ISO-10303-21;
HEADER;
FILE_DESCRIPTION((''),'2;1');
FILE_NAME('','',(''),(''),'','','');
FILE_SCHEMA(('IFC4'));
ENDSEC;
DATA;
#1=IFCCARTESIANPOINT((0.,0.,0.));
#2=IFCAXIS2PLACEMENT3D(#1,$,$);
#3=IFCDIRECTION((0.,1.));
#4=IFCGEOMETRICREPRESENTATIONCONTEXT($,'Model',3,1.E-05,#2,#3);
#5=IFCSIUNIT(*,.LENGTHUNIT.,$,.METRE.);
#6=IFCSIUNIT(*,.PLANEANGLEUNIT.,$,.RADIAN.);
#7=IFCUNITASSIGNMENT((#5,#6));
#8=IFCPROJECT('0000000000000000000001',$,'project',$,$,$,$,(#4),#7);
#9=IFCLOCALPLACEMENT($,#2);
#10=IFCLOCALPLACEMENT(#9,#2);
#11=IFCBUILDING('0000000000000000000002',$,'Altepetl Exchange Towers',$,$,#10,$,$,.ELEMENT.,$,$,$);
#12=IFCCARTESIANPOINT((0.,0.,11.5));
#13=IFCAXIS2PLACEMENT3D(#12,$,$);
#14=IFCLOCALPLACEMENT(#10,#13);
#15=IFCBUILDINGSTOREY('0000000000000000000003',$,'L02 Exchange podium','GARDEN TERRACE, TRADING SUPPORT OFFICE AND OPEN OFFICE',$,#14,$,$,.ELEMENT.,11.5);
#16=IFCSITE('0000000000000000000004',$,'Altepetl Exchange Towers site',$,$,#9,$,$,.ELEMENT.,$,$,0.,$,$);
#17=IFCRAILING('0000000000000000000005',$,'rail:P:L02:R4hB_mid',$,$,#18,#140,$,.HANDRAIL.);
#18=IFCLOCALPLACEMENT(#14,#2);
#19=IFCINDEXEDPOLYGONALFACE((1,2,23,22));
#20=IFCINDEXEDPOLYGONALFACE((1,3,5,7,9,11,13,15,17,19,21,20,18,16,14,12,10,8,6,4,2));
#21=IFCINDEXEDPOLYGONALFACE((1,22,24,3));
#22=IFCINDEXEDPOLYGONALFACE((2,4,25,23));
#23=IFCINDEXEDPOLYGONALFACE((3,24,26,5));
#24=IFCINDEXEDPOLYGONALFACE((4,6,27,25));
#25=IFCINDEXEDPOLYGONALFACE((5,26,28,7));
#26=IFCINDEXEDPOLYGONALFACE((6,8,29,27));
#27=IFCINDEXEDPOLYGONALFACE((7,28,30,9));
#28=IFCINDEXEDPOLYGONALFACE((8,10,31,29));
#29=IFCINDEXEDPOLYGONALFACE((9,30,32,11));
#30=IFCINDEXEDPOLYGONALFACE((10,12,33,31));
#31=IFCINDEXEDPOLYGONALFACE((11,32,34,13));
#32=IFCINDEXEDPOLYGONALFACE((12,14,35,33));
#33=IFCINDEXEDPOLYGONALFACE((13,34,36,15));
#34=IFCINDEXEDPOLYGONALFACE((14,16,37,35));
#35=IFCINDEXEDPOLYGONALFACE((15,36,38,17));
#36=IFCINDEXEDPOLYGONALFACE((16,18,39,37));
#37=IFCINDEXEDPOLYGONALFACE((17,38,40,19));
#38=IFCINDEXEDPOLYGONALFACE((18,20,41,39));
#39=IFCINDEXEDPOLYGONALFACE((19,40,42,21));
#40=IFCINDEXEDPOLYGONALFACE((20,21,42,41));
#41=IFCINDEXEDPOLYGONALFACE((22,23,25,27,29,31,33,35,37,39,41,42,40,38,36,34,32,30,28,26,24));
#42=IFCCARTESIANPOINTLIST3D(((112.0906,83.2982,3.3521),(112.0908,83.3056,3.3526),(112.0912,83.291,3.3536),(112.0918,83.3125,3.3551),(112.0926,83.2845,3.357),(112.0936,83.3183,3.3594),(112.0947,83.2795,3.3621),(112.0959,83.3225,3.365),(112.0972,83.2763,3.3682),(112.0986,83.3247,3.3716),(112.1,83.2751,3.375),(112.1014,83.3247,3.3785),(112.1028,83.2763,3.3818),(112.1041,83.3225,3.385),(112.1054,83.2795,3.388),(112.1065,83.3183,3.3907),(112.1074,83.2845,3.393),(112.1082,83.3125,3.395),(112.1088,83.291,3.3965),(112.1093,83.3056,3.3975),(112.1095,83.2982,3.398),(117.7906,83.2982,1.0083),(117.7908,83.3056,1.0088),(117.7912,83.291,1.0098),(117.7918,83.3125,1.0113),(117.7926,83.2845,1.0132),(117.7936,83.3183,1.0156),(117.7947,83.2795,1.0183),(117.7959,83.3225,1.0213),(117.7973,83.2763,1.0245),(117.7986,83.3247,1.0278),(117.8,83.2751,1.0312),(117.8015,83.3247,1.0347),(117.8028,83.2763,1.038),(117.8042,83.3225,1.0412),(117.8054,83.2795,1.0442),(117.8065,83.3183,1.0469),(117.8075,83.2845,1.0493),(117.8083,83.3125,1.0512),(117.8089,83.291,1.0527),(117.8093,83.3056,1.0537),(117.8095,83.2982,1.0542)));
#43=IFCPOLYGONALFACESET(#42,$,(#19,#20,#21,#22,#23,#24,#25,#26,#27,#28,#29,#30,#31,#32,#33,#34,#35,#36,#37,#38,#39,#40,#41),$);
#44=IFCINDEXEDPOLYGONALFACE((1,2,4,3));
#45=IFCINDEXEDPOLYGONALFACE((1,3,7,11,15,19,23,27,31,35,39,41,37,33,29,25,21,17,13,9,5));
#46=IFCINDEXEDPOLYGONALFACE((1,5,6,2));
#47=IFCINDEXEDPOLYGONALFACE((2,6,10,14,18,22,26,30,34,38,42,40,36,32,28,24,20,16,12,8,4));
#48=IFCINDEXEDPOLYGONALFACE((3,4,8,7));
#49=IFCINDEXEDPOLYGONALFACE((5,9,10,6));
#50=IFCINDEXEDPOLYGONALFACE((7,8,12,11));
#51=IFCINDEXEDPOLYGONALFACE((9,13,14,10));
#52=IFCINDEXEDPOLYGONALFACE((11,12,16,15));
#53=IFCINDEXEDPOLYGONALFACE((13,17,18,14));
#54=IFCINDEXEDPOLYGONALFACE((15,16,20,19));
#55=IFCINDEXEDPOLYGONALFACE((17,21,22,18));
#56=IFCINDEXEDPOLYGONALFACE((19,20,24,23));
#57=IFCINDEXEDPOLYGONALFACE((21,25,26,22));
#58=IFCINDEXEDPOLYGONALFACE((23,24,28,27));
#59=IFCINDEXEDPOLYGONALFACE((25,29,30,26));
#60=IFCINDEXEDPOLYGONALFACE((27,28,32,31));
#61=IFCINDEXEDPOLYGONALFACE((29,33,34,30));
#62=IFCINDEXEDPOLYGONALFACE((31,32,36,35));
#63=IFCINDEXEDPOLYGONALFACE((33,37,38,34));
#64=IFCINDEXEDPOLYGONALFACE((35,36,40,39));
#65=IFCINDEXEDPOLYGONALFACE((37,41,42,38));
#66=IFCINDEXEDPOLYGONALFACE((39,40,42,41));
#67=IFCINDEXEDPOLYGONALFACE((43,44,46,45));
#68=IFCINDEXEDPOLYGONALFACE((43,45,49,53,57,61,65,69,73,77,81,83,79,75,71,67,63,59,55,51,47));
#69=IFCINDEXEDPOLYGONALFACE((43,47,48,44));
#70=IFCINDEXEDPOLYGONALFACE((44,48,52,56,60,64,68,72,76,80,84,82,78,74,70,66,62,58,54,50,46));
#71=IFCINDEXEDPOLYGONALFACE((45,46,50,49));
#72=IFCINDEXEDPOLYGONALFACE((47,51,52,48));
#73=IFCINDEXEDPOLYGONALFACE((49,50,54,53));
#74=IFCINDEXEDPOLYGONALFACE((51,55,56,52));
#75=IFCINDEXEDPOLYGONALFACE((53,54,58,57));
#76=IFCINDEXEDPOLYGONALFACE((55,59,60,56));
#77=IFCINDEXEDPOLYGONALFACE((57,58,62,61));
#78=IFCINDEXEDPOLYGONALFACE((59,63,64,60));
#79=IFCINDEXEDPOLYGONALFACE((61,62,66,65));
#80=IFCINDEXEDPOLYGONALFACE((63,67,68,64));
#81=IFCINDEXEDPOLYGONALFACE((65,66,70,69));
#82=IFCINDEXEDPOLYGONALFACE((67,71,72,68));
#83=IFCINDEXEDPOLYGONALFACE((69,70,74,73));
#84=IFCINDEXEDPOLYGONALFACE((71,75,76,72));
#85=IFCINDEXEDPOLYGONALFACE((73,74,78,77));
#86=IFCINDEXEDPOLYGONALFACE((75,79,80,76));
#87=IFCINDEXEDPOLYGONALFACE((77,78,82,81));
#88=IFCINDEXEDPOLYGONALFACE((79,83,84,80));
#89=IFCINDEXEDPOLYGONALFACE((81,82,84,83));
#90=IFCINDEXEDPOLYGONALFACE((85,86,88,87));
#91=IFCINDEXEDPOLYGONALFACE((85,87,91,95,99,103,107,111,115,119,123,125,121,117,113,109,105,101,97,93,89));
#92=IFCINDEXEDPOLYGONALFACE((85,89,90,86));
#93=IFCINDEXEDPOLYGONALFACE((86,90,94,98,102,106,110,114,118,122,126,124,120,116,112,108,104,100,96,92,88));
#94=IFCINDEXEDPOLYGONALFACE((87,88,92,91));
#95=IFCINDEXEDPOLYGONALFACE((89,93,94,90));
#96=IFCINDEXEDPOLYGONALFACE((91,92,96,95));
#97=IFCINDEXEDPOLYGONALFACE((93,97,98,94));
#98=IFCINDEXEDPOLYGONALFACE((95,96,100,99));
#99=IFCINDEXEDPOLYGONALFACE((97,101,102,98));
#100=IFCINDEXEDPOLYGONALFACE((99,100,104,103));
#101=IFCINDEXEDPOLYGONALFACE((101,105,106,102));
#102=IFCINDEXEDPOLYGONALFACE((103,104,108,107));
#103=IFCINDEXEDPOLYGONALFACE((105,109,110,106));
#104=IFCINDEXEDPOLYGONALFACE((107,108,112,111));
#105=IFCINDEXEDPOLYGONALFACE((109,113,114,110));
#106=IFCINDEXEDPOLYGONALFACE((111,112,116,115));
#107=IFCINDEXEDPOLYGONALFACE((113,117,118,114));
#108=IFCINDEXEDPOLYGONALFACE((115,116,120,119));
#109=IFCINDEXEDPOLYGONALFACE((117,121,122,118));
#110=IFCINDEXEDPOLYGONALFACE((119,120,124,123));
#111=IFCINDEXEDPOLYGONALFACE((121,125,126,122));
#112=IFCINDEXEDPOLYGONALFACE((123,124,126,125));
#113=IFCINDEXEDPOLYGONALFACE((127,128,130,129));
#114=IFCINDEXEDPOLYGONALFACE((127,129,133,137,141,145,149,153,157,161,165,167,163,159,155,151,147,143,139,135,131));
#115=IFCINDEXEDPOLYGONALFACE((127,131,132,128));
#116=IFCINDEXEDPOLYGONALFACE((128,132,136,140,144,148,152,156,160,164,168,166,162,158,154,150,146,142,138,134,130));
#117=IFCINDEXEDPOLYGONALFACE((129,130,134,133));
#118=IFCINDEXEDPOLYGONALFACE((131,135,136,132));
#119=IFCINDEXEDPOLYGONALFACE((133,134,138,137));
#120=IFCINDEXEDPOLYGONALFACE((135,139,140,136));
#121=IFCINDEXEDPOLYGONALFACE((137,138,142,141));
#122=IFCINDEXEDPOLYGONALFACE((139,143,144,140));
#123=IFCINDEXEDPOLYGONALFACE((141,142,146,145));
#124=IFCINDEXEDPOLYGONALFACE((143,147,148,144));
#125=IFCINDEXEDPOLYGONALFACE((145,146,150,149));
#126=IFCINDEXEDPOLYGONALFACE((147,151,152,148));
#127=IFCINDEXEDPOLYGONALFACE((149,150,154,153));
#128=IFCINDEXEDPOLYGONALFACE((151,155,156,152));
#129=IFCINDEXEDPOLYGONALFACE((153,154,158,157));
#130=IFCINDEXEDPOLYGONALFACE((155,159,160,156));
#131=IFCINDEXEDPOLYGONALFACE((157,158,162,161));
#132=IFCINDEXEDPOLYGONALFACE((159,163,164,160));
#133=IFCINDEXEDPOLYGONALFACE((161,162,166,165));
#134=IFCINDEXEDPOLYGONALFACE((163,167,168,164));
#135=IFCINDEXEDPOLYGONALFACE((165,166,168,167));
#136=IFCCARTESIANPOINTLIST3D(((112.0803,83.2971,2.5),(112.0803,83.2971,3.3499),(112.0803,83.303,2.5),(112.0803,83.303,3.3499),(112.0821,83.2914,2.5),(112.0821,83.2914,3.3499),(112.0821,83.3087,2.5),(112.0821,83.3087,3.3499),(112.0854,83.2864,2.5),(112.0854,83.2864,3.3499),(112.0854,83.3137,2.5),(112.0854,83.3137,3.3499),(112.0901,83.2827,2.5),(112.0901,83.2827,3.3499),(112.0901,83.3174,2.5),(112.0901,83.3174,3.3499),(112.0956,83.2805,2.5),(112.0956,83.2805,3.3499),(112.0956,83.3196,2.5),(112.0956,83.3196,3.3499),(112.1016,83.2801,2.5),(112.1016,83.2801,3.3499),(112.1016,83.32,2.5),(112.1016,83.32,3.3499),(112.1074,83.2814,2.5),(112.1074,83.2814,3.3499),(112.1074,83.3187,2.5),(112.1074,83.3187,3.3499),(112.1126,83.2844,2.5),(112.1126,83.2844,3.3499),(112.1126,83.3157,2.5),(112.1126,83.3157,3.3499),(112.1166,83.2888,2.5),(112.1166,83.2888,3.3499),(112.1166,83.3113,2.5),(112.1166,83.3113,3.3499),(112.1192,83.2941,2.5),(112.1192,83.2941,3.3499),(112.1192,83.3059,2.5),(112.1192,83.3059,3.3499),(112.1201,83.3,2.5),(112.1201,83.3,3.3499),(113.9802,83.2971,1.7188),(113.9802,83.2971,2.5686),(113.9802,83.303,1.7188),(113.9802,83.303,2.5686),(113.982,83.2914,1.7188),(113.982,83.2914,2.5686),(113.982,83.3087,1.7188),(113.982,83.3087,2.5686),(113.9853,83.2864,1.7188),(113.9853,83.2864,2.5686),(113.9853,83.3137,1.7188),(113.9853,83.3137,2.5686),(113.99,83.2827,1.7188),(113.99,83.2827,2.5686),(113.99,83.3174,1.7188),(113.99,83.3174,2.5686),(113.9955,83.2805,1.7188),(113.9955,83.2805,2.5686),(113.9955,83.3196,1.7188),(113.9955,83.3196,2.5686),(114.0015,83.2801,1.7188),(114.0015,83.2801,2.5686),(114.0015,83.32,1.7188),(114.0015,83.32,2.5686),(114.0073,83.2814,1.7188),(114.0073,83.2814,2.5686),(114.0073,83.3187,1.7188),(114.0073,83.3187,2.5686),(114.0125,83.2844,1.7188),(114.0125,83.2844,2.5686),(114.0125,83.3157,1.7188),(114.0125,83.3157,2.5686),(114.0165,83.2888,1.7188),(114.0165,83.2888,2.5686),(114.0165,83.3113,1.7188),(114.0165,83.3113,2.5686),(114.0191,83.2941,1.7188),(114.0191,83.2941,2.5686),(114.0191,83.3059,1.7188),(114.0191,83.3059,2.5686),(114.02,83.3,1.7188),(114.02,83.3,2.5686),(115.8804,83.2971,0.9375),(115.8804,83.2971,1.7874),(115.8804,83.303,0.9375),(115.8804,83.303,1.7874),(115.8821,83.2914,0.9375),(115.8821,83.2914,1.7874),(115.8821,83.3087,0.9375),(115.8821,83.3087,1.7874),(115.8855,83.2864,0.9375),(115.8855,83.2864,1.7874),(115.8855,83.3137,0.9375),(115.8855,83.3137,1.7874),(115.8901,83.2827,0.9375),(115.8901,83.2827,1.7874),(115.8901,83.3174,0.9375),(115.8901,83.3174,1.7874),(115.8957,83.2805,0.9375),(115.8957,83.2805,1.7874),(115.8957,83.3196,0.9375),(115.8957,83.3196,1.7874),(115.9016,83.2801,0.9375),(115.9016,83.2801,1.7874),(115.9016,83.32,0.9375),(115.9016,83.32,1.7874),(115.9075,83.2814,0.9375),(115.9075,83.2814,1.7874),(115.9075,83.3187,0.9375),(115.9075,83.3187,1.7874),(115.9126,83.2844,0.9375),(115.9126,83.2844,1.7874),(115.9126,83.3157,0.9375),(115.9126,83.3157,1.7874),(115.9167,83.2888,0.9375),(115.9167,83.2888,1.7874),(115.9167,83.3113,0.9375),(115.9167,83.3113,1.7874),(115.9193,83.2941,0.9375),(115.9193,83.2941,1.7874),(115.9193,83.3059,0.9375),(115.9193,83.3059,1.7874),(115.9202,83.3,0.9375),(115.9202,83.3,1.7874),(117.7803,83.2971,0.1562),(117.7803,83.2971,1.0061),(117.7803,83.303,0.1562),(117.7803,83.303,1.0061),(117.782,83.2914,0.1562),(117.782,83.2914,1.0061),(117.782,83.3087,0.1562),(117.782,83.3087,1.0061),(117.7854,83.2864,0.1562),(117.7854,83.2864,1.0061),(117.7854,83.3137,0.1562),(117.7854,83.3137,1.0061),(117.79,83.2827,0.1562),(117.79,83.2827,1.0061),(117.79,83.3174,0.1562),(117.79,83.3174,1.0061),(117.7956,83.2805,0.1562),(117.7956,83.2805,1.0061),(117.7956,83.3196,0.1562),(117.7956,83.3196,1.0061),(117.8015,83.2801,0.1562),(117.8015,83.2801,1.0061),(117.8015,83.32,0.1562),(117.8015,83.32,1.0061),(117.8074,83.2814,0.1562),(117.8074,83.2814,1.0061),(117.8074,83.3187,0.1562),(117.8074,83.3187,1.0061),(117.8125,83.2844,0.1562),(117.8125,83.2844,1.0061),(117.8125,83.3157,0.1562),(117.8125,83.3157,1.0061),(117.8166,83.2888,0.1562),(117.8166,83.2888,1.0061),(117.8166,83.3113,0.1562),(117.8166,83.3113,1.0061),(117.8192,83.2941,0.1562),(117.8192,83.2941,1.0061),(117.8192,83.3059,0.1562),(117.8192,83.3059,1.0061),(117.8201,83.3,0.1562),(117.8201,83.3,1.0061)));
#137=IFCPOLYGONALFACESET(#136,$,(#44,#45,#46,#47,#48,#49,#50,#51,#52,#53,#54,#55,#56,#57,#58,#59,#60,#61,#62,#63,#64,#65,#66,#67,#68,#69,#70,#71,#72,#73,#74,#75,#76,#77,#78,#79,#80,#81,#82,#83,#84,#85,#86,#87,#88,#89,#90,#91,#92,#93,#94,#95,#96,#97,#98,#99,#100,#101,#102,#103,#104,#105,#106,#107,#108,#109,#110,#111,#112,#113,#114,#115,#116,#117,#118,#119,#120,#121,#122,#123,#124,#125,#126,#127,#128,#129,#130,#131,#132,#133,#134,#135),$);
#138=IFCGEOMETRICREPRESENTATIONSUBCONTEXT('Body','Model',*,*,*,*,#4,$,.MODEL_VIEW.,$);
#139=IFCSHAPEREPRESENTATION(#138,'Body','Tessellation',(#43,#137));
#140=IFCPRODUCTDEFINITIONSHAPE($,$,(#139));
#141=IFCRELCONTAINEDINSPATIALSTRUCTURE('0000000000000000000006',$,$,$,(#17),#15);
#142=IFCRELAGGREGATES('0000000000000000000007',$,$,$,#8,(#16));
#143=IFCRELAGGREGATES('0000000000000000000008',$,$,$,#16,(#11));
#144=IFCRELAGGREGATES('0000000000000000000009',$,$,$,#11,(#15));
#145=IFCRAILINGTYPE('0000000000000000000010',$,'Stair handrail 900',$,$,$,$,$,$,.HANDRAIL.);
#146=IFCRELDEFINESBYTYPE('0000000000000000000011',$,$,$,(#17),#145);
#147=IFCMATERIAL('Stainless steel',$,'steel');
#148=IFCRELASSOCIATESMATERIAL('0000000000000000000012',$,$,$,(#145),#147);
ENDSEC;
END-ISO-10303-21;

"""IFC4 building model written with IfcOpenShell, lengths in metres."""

from ifc_helpers import new_model, si_unit, direction, frame, origin, origin_2d, place, context, subcontext, project, spatial, circle, extrude, source, transform, mapped, material, type_object, element, save


model = new_model("IFC4")

# Units and contexts
model_context = context("Model", 3, precision=1e-05, world=origin(), true_north=direction((0.0, 1.0)))
body_context = subcontext(model_context, "Body", "Model", "MODEL_VIEW")
ifc_project = project(units=[si_unit("LENGTHUNIT", "METRE"), si_unit("PLANEANGLEUNIT", "RADIAN")], contexts=[model_context])

# Site, building, storey
site_placement = place(None, origin())
site = spatial("IfcSite", under=ifc_project, at=site_placement, Name="Altepetl Exchange Towers site", CompositionType="ELEMENT", RefElevation=0.0)
building_placement = place(site_placement, origin())
building = spatial("IfcBuilding", under=site, at=building_placement, Name="Altepetl Exchange Towers", CompositionType="ELEMENT")
storey_placement = place(building_placement, frame((0.0, 0.0, 11.5)))
storey = spatial("IfcBuildingStorey", under=building, at=storey_placement, Name="L02 Exchange podium", Description="GARDEN TERRACE, TRADING SUPPORT OFFICE AND OPEN OFFICE", CompositionType="ELEMENT", Elevation=11.5)

# Railing
ifc_material_1 = material(Name="Stainless steel", Category="steel")
railing_type_1 = type_object("IfcRailingType", Name="Stair handrail 900", PredefinedType="HANDRAIL", material=ifc_material_1)
shared_shape_1 = source(origin(), body_context, "Body", "SweptSolid", [
    extrude(circle(Radius=0.02, at=origin_2d()), origin(), (0.0, 0.0, 1.0), 0.8499),
])
for number, where, name in (
    (1, (117.8, 83.3, 0.1562), "rail:P:L02:R4hB_mid"),
):
    element("IfcRailing", number, at=place(storey_placement, frame(where)), inside=storey, type_object=railing_type_1, Name=name, PredefinedType="HANDRAIL", context=body_context, shape_type="SweptSolid", body=[
        extrude(circle(Radius=0.0249, at=origin_2d()), frame((0.0, 0.0, 0.875), z_axis=(-0.924866, 0.0, 0.380293), x_axis=(0.0, -1.0, 0.0)), (0.0, 0.0, 1.0), 6.1631),
        mapped(shared_shape_1, transform((0.0, 0.0, 0.0))),
        mapped(shared_shape_1, transform((-1.8999, 0.0, 0.7812))),
        mapped(shared_shape_1, transform((-3.8, 0.0, 1.5625))),
        mapped(shared_shape_1, transform((-5.7, 0.0, 2.3438))),
    ])

save(model, "model.ifc")
